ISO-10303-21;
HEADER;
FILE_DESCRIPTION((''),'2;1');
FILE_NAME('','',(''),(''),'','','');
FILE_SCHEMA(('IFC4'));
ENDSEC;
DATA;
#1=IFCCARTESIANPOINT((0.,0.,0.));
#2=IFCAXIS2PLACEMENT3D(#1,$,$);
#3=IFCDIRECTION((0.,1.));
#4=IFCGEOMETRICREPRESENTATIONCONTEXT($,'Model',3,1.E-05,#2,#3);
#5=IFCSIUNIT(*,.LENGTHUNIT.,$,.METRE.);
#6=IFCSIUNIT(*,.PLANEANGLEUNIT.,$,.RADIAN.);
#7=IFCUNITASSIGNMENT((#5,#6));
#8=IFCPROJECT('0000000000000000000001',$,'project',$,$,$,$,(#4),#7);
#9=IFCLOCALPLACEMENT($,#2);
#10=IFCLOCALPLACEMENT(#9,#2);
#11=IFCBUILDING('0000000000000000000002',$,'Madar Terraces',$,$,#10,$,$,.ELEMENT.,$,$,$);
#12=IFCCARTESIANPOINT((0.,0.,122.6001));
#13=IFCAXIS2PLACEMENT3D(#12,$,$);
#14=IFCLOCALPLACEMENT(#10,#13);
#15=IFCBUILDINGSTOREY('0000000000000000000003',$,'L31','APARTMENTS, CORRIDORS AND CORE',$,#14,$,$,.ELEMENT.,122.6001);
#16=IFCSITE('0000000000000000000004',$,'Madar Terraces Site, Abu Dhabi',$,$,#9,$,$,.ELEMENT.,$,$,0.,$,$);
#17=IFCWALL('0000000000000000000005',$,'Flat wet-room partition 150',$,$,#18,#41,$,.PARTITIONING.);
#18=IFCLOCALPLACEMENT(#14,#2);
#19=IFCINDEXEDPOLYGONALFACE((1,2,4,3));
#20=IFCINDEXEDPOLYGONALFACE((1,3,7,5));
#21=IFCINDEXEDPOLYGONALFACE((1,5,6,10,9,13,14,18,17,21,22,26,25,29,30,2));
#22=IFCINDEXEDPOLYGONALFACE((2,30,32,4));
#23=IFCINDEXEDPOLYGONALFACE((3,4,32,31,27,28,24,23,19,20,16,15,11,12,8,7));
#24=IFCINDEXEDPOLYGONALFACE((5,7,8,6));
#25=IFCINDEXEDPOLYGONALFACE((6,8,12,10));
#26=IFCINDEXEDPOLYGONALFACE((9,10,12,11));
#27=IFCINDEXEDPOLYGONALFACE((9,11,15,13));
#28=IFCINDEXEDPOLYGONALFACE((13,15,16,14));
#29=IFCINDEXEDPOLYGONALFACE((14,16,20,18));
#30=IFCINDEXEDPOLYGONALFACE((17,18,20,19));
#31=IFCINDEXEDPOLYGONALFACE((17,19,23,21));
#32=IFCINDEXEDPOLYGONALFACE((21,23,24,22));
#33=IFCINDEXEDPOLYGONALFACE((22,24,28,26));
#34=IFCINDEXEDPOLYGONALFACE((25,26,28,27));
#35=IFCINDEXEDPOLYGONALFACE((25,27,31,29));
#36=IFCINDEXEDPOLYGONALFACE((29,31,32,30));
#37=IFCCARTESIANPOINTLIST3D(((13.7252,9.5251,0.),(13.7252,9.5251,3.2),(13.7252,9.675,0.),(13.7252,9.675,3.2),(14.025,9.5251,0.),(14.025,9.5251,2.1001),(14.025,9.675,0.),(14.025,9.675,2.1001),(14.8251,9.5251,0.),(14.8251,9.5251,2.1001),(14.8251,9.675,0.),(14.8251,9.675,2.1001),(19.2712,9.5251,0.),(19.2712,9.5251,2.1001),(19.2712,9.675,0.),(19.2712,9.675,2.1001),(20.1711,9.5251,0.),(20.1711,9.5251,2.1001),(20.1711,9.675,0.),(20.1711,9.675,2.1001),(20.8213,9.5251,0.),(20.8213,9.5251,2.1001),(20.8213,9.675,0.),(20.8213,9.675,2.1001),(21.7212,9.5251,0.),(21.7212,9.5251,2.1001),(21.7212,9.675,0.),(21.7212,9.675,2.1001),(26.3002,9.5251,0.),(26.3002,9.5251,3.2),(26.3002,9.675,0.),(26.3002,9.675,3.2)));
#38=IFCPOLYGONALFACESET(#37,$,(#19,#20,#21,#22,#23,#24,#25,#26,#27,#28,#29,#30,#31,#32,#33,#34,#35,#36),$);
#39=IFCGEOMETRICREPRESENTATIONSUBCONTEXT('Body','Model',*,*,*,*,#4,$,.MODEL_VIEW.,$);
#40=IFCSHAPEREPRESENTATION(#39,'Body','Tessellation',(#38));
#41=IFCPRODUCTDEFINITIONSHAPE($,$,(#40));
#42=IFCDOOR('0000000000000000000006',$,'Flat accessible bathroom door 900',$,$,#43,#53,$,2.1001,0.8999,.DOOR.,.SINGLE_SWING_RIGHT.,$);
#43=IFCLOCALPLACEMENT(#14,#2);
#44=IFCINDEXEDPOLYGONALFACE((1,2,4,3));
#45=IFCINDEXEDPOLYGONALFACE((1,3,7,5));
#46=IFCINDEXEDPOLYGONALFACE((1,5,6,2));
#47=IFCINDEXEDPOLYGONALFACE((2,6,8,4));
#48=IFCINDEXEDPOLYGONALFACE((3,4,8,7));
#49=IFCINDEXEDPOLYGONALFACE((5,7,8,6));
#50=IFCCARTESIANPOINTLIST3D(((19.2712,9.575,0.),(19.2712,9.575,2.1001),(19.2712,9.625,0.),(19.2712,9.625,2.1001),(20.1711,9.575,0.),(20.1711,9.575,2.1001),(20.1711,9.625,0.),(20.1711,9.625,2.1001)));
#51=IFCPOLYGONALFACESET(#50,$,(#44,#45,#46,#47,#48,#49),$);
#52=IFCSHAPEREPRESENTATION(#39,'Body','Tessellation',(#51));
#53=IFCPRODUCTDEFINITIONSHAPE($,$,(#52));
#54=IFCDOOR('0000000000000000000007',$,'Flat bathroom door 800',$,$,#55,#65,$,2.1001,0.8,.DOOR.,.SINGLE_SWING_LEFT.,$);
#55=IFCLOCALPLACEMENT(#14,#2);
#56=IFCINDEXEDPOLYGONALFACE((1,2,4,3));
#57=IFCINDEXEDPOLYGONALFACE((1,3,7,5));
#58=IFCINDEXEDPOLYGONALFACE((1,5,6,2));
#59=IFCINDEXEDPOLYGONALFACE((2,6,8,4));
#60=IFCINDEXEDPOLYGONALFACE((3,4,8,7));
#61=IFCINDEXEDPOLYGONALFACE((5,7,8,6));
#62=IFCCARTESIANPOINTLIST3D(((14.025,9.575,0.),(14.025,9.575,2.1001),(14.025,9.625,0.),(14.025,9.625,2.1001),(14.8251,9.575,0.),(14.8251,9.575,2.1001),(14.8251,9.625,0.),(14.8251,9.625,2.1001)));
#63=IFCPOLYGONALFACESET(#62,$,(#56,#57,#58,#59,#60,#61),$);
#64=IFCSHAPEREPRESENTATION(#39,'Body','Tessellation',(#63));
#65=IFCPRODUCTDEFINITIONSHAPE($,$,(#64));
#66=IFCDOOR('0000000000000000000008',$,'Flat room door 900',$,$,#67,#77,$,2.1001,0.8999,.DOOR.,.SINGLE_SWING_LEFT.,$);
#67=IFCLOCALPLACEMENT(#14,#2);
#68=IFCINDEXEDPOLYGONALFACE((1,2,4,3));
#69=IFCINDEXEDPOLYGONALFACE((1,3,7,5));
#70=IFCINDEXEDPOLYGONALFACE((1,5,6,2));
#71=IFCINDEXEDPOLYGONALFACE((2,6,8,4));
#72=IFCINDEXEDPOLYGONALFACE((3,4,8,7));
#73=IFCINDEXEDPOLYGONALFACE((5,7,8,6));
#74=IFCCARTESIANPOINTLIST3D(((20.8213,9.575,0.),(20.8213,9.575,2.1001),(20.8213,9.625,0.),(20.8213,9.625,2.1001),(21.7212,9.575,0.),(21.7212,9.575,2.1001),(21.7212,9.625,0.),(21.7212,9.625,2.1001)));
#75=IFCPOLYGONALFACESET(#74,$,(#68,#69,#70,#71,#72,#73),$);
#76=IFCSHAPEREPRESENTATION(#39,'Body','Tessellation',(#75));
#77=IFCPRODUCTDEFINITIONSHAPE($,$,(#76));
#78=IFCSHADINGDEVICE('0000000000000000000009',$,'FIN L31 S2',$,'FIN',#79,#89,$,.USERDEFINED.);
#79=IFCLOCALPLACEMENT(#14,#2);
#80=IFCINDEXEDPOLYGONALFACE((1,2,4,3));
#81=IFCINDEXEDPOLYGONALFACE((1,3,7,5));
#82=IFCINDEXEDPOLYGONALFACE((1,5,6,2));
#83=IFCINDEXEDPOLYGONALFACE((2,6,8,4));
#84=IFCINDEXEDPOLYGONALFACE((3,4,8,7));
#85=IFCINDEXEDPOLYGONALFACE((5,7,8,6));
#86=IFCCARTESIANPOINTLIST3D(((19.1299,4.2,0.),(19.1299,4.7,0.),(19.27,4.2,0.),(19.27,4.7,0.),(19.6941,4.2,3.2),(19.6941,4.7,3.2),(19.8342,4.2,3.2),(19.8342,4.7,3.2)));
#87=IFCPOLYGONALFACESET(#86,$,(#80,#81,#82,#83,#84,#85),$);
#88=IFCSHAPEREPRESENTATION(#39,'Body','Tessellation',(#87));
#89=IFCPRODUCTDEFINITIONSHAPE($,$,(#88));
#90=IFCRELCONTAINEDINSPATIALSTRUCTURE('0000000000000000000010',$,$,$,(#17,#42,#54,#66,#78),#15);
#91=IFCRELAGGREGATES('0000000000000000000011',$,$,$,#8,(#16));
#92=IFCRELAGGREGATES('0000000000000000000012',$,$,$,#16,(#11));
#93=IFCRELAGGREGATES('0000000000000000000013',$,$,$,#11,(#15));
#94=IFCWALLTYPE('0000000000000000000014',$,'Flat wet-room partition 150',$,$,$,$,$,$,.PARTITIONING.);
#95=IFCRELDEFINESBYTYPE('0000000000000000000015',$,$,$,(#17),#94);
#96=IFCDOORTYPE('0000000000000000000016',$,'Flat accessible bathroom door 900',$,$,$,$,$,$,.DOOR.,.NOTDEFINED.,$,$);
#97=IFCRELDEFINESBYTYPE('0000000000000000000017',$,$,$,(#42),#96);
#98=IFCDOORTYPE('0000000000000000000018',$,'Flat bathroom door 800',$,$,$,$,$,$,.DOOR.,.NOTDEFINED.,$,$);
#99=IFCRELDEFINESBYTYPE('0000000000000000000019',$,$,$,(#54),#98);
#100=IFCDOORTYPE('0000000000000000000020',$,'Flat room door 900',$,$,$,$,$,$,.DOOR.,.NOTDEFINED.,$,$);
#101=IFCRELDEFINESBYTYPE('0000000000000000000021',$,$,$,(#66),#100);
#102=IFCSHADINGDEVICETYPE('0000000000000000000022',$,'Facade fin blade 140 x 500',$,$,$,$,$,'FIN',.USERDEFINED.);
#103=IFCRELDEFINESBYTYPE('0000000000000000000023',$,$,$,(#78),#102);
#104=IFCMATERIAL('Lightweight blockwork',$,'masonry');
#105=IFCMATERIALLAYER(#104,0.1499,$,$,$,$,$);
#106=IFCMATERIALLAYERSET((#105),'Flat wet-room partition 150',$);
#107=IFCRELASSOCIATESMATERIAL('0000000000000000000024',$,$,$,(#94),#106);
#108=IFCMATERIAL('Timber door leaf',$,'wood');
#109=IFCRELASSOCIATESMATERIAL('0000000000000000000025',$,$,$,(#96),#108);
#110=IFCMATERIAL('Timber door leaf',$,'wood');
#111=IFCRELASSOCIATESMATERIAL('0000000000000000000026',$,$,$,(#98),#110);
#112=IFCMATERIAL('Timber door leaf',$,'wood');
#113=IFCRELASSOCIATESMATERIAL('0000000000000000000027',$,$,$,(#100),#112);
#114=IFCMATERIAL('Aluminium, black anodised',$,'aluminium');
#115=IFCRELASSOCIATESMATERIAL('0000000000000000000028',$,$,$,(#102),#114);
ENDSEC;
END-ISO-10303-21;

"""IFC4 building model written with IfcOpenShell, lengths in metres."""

from ifc_helpers import new_model, si_unit, direction, frame, frame_2d, origin, place, context, subcontext, project, spatial, polyline, rectangle, outline, extrude, material, layer, layer_set, type_object, element, fill, save


model = new_model("IFC4")

# Units and contexts
model_context = context("Model", 3, precision=1e-05, world=origin(), true_north=direction((0.0, 1.0)))
body_context = subcontext(model_context, "Body", "Model", "MODEL_VIEW")
ifc_project = project(units=[si_unit("LENGTHUNIT", "METRE"), si_unit("PLANEANGLEUNIT", "RADIAN")], contexts=[model_context])

# Site, building, storey
site_placement = place(None, origin())
site = spatial("IfcSite", under=ifc_project, at=site_placement, Name="Madar Terraces Site, Abu Dhabi", CompositionType="ELEMENT", RefElevation=0.0)
building_placement = place(site_placement, origin())
building = spatial("IfcBuilding", under=site, at=building_placement, Name="Madar Terraces", CompositionType="ELEMENT")
storey_placement = place(building_placement, frame((0.0, 0.0, 122.6001)))
storey = spatial("IfcBuildingStorey", under=building, at=storey_placement, Name="L31", Description="APARTMENTS, CORRIDORS AND CORE", CompositionType="ELEMENT", Elevation=122.6001)

# Shared definitions
ifc_material_1 = material(Name="Lightweight blockwork", Category="masonry")
ifc_layer_1 = layer(ifc_material_1, 0.1499)
ifc_layer_set_1 = layer_set([ifc_layer_1], Name="Flat wet-room partition 150")
wall_type_1 = type_object("IfcWallType", Name="Flat wet-room partition 150", PredefinedType="PARTITIONING", material=ifc_layer_set_1)

# Wall, openings, doors
wall_1_placement = place(storey_placement, frame((13.7251, 9.6001, 0.0), z_axis=(0.0, 0.0, 1.0), x_axis=(1.0, 0.0, 0.0)))
wall_1 = element("IfcWall", 1, at=wall_1_placement, inside=storey, type_object=wall_type_1, Name="Flat wet-room partition 150", PredefinedType="PARTITIONING", context=body_context, shape_type="SweptSolid", body=[
    extrude(rectangle(XDim=12.575, YDim=0.1499, at=frame_2d((6.2876, 0.0))), origin(), (0.0, 0.0, 1.0), 3.2),
])
opening_1_placement = place(wall_1_placement, frame((0.3, 0.0, 0.0)))
opening_1 = element("IfcOpeningElement", 2, at=opening_1_placement, cuts=wall_1, PredefinedType="OPENING", context=body_context, shape_type="SweptSolid", body=[
    extrude(rectangle(XDim=0.8, YDim=2.1001, at=frame_2d((0.3999, 1.05))), frame((0.0, 0.085, 0.0), z_axis=(0.0, -1.0, 0.0), x_axis=(1.0, 0.0, 0.0)), (0.0, 0.0, 1.0), 0.1699),
])
opening_2_placement = place(wall_1_placement, frame((5.5461, 0.0, 0.0)))
opening_2 = element("IfcOpeningElement", 3, at=opening_2_placement, cuts=wall_1, PredefinedType="OPENING", context=body_context, shape_type="SweptSolid", body=[
    extrude(rectangle(XDim=0.8999, YDim=2.1001, at=frame_2d((0.45, 1.05))), frame((0.0, 0.085, 0.0), z_axis=(0.0, -1.0, 0.0), x_axis=(1.0, 0.0, 0.0)), (0.0, 0.0, 1.0), 0.1699),
])
opening_3_placement = place(wall_1_placement, frame((7.0962, 0.0, 0.0)))
opening_3 = element("IfcOpeningElement", 4, at=opening_3_placement, cuts=wall_1, PredefinedType="OPENING", context=body_context, shape_type="SweptSolid", body=[
    extrude(rectangle(XDim=0.8999, YDim=2.1001, at=frame_2d((0.45, 1.05))), frame((0.0, 0.085, 0.0), z_axis=(0.0, -1.0, 0.0), x_axis=(1.0, 0.0, 0.0)), (0.0, 0.0, 1.0), 0.1699),
])
ifc_material_2 = material(Name="Timber door leaf", Category="wood")
door_type_1 = type_object("IfcDoorType", Name="Flat accessible bathroom door 900", OperationType="NOTDEFINED", PredefinedType="DOOR", material=ifc_material_2)
door_1_placement = place(opening_2_placement, origin())
door_1 = element("IfcDoor", 5, at=door_1_placement, inside=storey, type_object=door_type_1, Name="Flat accessible bathroom door 900", OperationType="SINGLE_SWING_RIGHT", OverallHeight=2.1001, OverallWidth=0.8999, PredefinedType="DOOR", context=body_context, shape_type="SweptSolid", body=[
    extrude(rectangle(XDim=0.8999, YDim=2.1001, at=frame_2d((0.45, 1.05))), frame((0.0, 0.0249, 0.0), z_axis=(0.0, -1.0, 0.0), x_axis=(1.0, 0.0, 0.0)), (0.0, 0.0, 1.0), 0.05),
])
fill(opening_2, door_1)
ifc_material_3 = material(Name="Timber door leaf", Category="wood")
door_type_2 = type_object("IfcDoorType", Name="Flat bathroom door 800", OperationType="NOTDEFINED", PredefinedType="DOOR", material=ifc_material_3)
door_2_placement = place(opening_1_placement, origin())
door_2 = element("IfcDoor", 6, at=door_2_placement, inside=storey, type_object=door_type_2, Name="Flat bathroom door 800", OperationType="SINGLE_SWING_LEFT", OverallHeight=2.1001, OverallWidth=0.8, PredefinedType="DOOR", context=body_context, shape_type="SweptSolid", body=[
    extrude(rectangle(XDim=0.8, YDim=2.1001, at=frame_2d((0.3999, 1.05))), frame((0.0, 0.0249, 0.0), z_axis=(0.0, -1.0, 0.0), x_axis=(1.0, 0.0, 0.0)), (0.0, 0.0, 1.0), 0.05),
])
fill(opening_1, door_2)
ifc_material_4 = material(Name="Timber door leaf", Category="wood")
door_type_3 = type_object("IfcDoorType", Name="Flat room door 900", OperationType="NOTDEFINED", PredefinedType="DOOR", material=ifc_material_4)
door_3_placement = place(opening_3_placement, origin())
door_3 = element("IfcDoor", 7, at=door_3_placement, inside=storey, type_object=door_type_3, Name="Flat room door 900", OperationType="SINGLE_SWING_LEFT", OverallHeight=2.1001, OverallWidth=0.8999, PredefinedType="DOOR", context=body_context, shape_type="SweptSolid", body=[
    extrude(rectangle(XDim=0.8999, YDim=2.1001, at=frame_2d((0.45, 1.05))), frame((0.0, 0.0249, 0.0), z_axis=(0.0, -1.0, 0.0), x_axis=(1.0, 0.0, 0.0)), (0.0, 0.0, 1.0), 0.05),
])
fill(opening_3, door_3)

# Shading device
ifc_material_5 = material(Name="Aluminium, black anodised", Category="aluminium")
shading_device_type = type_object("IfcShadingDeviceType", Name="Facade fin blade 140 x 500", ElementType="FIN", PredefinedType="USERDEFINED", material=ifc_material_5)
shading_device_placement = place(storey_placement, frame((19.1299, 4.45, 0.0), z_axis=(0.0, 0.0, 1.0), x_axis=(1.0, 0.0, 0.0)))
element("IfcShadingDevice", 8, at=shading_device_placement, inside=storey, type_object=shading_device_type, Name="FIN L31 S2", ObjectType="FIN", PredefinedType="USERDEFINED", context=body_context, shape_type="SweptSolid", body=[
    extrude(outline(polyline([(0.0, 0.0), (0.1401, 0.0), (0.7043, 3.2), (0.5642, 3.2), (0.0, 0.0)])), frame((0.0, 0.25, 0.0), z_axis=(0.0, -1.0, 0.0), x_axis=(1.0, 0.0, 0.0)), (0.0, 0.0, 1.0), 0.5),
])

save(model, "model.ifc")
